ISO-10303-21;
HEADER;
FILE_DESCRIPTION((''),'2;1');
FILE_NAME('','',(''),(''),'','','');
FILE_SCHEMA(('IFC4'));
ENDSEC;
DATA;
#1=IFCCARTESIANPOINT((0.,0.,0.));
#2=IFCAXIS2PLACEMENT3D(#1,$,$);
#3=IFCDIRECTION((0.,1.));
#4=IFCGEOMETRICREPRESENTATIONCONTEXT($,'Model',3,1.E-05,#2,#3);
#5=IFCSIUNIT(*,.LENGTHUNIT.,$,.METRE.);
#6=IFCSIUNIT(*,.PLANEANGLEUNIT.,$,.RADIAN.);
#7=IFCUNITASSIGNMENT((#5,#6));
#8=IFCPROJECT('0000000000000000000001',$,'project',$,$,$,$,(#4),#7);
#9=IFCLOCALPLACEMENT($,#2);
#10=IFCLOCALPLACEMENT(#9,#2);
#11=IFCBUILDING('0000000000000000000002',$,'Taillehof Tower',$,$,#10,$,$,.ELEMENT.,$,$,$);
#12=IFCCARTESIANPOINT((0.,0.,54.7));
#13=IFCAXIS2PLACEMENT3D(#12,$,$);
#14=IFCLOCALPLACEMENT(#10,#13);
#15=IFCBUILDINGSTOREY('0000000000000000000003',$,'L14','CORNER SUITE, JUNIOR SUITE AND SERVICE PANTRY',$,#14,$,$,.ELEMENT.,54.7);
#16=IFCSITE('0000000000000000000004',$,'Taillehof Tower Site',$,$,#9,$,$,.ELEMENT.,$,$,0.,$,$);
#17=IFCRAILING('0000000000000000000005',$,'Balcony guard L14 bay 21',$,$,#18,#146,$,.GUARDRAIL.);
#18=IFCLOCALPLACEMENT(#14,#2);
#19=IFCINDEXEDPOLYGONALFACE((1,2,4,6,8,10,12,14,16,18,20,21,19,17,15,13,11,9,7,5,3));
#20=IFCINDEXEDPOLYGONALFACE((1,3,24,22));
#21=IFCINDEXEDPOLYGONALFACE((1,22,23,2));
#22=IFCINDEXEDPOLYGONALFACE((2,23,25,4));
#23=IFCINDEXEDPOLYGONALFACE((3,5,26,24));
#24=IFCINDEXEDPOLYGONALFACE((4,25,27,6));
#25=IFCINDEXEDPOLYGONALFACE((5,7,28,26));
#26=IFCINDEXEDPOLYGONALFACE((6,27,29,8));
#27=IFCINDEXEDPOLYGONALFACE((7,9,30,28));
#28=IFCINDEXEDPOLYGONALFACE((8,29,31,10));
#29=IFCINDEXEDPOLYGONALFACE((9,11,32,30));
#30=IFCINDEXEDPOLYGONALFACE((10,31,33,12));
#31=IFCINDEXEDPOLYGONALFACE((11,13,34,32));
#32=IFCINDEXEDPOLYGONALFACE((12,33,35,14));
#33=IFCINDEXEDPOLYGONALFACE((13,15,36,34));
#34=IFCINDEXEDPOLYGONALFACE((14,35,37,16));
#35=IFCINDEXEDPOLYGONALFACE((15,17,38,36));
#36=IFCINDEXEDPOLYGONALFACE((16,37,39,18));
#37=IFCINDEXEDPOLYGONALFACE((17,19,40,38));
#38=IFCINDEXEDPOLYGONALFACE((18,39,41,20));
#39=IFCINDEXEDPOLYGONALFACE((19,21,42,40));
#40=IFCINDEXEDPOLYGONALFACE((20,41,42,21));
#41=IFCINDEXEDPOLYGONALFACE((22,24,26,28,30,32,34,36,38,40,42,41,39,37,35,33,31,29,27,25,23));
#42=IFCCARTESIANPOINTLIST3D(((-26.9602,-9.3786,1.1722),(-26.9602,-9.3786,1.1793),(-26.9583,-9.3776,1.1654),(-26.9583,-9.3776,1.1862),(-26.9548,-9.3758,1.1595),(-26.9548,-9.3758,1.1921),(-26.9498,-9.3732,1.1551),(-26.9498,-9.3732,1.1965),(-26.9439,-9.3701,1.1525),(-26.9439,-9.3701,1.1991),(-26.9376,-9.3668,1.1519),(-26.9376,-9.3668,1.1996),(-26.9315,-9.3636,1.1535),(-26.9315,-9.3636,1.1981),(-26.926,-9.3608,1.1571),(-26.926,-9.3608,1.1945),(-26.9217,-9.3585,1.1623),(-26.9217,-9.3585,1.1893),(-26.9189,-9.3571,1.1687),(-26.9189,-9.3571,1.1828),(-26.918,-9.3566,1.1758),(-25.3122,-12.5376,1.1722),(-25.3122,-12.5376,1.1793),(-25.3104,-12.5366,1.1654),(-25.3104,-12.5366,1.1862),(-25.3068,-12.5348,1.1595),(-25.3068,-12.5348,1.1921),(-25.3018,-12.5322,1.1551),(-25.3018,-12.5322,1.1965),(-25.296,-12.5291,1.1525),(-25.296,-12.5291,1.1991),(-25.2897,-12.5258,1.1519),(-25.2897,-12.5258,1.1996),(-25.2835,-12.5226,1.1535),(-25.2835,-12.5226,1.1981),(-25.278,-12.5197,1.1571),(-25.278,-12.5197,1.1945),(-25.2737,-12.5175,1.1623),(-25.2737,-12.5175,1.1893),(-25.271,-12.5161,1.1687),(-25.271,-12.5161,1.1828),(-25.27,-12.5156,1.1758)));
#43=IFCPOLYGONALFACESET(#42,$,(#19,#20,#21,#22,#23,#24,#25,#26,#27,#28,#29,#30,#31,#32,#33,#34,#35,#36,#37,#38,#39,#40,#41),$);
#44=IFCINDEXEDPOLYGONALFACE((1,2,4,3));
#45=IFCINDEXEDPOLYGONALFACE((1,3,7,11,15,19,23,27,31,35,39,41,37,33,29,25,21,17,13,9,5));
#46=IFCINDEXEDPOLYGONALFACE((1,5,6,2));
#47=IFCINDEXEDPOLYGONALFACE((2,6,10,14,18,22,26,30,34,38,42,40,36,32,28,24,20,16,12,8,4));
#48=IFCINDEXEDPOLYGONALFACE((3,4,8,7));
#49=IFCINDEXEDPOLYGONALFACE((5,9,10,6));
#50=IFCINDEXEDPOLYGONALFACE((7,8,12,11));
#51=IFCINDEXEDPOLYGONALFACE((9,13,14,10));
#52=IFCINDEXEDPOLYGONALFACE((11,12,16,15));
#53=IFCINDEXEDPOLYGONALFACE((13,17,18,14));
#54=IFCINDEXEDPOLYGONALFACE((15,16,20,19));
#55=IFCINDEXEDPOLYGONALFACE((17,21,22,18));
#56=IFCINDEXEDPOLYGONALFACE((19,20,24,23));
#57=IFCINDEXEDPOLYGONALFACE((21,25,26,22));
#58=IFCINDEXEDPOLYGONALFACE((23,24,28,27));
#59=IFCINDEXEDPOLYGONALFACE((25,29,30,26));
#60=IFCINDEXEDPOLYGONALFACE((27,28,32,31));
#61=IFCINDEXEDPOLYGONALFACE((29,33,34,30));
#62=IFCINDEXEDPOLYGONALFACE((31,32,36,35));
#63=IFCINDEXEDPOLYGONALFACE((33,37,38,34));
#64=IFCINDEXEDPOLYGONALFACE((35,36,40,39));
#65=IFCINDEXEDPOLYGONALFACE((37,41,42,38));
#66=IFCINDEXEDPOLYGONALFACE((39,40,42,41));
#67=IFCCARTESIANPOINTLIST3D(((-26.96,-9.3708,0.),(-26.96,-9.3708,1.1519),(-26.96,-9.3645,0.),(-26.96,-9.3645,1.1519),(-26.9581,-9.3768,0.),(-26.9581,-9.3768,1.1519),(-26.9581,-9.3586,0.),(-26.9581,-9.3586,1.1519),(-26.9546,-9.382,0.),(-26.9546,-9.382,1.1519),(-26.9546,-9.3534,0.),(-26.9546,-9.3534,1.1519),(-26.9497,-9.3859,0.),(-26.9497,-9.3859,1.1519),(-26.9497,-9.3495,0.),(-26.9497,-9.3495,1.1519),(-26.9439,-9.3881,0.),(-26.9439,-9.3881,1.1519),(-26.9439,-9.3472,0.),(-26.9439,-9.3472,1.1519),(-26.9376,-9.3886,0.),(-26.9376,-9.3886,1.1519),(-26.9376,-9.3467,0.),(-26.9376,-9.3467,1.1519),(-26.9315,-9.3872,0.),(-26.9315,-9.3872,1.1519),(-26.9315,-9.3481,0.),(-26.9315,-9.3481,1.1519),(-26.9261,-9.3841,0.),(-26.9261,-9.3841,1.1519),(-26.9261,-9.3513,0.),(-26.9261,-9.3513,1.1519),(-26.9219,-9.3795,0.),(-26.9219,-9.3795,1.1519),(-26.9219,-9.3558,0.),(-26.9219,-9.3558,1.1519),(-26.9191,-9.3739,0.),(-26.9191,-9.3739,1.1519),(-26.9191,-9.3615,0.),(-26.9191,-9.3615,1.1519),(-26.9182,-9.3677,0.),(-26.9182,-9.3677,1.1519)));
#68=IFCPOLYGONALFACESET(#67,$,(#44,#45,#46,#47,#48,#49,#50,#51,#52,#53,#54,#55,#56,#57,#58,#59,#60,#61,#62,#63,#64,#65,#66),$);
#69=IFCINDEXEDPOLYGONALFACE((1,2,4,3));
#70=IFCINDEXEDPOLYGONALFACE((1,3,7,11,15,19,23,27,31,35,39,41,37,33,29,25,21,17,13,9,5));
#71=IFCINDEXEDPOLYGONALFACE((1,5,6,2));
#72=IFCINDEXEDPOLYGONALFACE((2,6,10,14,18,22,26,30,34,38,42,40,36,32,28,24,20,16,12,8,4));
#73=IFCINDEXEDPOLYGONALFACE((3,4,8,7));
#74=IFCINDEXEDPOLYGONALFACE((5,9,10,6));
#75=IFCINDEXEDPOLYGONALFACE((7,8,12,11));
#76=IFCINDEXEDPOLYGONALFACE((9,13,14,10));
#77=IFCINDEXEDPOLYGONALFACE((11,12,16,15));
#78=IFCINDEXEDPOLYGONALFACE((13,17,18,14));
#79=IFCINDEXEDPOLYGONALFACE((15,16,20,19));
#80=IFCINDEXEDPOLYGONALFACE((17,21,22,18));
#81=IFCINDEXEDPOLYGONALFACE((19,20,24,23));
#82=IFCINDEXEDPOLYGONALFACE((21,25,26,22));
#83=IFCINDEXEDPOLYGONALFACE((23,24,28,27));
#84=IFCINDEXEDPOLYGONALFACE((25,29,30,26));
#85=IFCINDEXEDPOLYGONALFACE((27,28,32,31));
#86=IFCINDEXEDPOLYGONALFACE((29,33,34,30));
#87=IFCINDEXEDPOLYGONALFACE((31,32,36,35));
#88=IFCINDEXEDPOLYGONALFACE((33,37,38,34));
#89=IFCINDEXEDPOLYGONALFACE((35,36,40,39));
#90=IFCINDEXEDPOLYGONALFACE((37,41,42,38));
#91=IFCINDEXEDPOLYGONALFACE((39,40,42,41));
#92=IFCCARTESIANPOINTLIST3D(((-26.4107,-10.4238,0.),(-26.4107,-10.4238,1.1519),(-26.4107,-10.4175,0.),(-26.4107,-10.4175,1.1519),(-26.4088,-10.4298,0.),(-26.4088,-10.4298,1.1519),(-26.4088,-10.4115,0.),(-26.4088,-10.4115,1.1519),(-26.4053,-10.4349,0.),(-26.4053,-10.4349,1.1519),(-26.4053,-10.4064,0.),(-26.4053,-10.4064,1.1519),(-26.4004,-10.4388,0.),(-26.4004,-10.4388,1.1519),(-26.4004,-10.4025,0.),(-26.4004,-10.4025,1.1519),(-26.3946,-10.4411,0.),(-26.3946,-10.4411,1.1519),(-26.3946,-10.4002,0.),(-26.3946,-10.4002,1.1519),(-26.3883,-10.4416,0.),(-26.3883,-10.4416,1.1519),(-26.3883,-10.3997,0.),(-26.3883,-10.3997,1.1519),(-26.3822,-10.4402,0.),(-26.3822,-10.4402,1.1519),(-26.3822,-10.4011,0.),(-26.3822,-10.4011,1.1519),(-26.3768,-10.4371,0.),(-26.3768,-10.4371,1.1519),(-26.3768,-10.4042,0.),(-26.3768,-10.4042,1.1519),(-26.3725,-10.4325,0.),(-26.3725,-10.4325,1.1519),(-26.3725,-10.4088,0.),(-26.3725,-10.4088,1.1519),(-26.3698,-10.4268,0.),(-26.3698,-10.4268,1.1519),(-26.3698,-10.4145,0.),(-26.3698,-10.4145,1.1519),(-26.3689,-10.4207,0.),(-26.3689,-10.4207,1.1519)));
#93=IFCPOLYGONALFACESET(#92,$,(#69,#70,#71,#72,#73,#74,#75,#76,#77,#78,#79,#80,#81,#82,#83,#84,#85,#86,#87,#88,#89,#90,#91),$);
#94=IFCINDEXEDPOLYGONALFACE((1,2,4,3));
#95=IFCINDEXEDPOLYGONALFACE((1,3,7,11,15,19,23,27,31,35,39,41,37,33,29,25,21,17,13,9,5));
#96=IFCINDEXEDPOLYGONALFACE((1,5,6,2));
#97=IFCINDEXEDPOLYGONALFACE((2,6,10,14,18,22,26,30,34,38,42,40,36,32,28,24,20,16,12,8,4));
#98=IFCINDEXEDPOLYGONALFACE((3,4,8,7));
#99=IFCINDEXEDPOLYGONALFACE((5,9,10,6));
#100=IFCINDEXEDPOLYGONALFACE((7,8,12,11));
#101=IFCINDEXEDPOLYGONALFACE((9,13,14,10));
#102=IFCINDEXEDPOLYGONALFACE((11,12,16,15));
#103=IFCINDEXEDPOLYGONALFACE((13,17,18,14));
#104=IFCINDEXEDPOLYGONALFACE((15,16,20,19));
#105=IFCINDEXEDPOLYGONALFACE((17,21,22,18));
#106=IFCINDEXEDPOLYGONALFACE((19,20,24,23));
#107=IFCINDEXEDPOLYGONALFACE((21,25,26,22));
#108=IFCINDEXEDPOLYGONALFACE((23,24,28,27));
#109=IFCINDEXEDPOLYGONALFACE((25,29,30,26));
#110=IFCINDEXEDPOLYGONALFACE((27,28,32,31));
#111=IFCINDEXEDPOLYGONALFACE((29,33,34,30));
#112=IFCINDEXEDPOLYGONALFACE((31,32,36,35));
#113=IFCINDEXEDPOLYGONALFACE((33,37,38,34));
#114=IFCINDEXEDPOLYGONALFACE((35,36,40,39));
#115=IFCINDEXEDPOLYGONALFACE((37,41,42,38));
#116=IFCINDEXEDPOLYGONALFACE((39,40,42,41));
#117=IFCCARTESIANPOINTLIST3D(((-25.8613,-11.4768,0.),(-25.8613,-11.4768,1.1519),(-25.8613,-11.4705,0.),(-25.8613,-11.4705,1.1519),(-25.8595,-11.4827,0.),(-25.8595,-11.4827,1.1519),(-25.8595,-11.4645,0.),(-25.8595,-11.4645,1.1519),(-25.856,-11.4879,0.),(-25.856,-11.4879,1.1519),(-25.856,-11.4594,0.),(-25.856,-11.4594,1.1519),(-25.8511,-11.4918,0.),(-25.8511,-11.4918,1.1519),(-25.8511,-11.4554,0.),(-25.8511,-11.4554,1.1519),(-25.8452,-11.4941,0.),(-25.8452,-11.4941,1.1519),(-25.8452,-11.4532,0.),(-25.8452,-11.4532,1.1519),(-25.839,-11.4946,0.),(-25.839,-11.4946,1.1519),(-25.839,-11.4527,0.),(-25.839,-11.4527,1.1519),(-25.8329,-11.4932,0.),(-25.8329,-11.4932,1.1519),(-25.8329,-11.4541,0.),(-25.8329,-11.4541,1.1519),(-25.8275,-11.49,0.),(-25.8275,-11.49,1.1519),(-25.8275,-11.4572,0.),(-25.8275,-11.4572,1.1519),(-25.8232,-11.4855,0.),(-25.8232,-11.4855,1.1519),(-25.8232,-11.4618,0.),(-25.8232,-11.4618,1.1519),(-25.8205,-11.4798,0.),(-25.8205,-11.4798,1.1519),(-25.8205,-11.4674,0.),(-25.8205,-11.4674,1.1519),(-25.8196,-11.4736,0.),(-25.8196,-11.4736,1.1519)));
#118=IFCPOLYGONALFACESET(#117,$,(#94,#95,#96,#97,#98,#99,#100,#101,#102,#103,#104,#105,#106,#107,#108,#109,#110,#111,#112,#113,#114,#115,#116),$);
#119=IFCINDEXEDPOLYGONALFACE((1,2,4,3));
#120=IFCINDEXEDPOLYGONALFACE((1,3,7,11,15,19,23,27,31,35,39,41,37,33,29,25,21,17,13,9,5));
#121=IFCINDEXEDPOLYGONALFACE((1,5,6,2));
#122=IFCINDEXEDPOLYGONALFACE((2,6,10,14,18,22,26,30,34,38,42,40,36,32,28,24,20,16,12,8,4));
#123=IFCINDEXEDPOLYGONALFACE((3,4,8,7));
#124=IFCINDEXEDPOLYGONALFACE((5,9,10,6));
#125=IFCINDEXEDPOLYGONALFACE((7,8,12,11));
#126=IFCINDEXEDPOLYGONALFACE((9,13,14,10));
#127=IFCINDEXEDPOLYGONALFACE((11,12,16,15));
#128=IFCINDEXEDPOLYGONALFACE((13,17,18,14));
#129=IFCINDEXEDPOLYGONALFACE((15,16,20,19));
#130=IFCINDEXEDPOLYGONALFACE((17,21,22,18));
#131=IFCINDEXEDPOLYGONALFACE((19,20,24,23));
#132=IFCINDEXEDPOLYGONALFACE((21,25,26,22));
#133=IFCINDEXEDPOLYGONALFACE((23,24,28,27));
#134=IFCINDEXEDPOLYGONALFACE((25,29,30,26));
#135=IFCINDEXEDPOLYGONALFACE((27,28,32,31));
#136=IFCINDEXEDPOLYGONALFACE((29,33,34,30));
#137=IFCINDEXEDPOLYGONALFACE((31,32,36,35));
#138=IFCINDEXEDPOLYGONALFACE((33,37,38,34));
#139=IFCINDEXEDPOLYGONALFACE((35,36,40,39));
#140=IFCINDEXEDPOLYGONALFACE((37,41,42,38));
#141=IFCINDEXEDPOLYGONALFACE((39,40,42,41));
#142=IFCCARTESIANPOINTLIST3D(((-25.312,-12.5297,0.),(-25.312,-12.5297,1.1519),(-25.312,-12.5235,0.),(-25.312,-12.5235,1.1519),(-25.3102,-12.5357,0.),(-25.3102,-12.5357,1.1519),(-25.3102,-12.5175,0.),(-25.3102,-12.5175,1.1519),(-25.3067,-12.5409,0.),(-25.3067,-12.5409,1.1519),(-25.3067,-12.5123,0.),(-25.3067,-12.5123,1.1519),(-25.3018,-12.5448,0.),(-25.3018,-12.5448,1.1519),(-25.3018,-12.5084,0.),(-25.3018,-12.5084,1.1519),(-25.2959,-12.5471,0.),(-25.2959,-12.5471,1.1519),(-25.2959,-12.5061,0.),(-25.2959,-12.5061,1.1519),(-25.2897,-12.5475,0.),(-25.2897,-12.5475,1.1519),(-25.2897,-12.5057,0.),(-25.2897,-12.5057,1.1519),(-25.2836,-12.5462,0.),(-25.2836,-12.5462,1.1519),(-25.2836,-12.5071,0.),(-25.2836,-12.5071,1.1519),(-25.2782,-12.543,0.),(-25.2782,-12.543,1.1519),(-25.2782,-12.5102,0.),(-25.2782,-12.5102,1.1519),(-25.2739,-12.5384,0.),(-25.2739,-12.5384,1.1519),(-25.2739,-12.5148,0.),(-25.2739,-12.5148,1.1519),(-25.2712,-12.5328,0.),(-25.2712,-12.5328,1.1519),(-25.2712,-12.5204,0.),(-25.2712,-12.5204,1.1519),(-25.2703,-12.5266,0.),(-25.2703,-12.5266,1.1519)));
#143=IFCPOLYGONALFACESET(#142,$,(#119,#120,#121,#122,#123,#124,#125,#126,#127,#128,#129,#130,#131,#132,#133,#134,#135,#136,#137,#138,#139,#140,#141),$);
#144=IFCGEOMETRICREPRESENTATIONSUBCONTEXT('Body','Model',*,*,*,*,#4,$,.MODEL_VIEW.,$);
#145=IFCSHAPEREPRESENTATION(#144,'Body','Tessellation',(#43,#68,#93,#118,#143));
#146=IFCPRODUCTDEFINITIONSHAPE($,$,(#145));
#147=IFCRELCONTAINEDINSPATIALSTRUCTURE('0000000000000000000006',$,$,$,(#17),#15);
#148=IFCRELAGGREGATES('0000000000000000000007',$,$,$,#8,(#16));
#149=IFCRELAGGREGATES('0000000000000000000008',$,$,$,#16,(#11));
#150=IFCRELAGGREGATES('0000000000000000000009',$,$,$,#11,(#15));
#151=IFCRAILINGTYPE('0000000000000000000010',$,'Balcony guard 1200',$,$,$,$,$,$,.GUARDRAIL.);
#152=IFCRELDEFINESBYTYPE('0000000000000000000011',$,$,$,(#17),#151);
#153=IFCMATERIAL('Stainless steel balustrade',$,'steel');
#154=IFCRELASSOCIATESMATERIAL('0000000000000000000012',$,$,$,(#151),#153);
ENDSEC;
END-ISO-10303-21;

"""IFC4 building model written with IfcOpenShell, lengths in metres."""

from ifc_helpers import new_model, si_unit, direction, frame, origin, origin_2d, place, context, subcontext, project, spatial, circle, extrude, material, type_object, element, save


model = new_model("IFC4")

# Units and contexts
model_context = context("Model", 3, precision=1e-05, world=origin(), true_north=direction((0.0, 1.0)))
body_context = subcontext(model_context, "Body", "Model", "MODEL_VIEW")
ifc_project = project(units=[si_unit("LENGTHUNIT", "METRE"), si_unit("PLANEANGLEUNIT", "RADIAN")], contexts=[model_context])

# Site, building, storey
site_placement = place(None, origin())
site = spatial("IfcSite", under=ifc_project, at=site_placement, Name="Taillehof Tower Site", CompositionType="ELEMENT", RefElevation=0.0)
building_placement = place(site_placement, origin())
building = spatial("IfcBuilding", under=site, at=building_placement, Name="Taillehof Tower", CompositionType="ELEMENT")
storey_placement = place(building_placement, frame((0.0, 0.0, 54.7)))
storey = spatial("IfcBuildingStorey", under=building, at=storey_placement, Name="L14", Description="CORNER SUITE, JUNIOR SUITE AND SERVICE PANTRY", CompositionType="ELEMENT", Elevation=54.7)

# Railing
ifc_material_1 = material(Name="Stainless steel balustrade", Category="steel")
railing_type_1 = type_object("IfcRailingType", Name="Balcony guard 1200", PredefinedType="GUARDRAIL", material=ifc_material_1)
railing_1_placement = place(storey_placement, frame((-26.9392, -9.3677, 0.0)))
element("IfcRailing", 1, at=railing_1_placement, inside=storey, type_object=railing_type_1, Name="Balcony guard L14 bay 21", PredefinedType="GUARDRAIL", context=body_context, shape_type="SweptSolid", body=[
    extrude(circle(Radius=0.0239, at=origin_2d()), frame((0.0, 0.0, 1.1758), z_axis=(0.462524, -0.886607, 0.0), x_axis=(0.886607, 0.462524, 0.0)), (0.0, 0.0, 1.0), 3.563),
    extrude(circle(Radius=0.021, at=origin_2d()), origin(), (0.0, 0.0, 1.0), 1.1519),
    extrude(circle(Radius=0.021, at=origin_2d()), frame((0.5493, -1.053, 0.0)), (0.0, 0.0, 1.0), 1.1519),
    extrude(circle(Radius=0.021, at=origin_2d()), frame((1.0986, -2.106, 0.0)), (0.0, 0.0, 1.0), 1.1519),
    extrude(circle(Radius=0.021, at=origin_2d()), frame((1.6479, -3.1589, 0.0)), (0.0, 0.0, 1.0), 1.1519),
])

save(model, "model.ifc")
